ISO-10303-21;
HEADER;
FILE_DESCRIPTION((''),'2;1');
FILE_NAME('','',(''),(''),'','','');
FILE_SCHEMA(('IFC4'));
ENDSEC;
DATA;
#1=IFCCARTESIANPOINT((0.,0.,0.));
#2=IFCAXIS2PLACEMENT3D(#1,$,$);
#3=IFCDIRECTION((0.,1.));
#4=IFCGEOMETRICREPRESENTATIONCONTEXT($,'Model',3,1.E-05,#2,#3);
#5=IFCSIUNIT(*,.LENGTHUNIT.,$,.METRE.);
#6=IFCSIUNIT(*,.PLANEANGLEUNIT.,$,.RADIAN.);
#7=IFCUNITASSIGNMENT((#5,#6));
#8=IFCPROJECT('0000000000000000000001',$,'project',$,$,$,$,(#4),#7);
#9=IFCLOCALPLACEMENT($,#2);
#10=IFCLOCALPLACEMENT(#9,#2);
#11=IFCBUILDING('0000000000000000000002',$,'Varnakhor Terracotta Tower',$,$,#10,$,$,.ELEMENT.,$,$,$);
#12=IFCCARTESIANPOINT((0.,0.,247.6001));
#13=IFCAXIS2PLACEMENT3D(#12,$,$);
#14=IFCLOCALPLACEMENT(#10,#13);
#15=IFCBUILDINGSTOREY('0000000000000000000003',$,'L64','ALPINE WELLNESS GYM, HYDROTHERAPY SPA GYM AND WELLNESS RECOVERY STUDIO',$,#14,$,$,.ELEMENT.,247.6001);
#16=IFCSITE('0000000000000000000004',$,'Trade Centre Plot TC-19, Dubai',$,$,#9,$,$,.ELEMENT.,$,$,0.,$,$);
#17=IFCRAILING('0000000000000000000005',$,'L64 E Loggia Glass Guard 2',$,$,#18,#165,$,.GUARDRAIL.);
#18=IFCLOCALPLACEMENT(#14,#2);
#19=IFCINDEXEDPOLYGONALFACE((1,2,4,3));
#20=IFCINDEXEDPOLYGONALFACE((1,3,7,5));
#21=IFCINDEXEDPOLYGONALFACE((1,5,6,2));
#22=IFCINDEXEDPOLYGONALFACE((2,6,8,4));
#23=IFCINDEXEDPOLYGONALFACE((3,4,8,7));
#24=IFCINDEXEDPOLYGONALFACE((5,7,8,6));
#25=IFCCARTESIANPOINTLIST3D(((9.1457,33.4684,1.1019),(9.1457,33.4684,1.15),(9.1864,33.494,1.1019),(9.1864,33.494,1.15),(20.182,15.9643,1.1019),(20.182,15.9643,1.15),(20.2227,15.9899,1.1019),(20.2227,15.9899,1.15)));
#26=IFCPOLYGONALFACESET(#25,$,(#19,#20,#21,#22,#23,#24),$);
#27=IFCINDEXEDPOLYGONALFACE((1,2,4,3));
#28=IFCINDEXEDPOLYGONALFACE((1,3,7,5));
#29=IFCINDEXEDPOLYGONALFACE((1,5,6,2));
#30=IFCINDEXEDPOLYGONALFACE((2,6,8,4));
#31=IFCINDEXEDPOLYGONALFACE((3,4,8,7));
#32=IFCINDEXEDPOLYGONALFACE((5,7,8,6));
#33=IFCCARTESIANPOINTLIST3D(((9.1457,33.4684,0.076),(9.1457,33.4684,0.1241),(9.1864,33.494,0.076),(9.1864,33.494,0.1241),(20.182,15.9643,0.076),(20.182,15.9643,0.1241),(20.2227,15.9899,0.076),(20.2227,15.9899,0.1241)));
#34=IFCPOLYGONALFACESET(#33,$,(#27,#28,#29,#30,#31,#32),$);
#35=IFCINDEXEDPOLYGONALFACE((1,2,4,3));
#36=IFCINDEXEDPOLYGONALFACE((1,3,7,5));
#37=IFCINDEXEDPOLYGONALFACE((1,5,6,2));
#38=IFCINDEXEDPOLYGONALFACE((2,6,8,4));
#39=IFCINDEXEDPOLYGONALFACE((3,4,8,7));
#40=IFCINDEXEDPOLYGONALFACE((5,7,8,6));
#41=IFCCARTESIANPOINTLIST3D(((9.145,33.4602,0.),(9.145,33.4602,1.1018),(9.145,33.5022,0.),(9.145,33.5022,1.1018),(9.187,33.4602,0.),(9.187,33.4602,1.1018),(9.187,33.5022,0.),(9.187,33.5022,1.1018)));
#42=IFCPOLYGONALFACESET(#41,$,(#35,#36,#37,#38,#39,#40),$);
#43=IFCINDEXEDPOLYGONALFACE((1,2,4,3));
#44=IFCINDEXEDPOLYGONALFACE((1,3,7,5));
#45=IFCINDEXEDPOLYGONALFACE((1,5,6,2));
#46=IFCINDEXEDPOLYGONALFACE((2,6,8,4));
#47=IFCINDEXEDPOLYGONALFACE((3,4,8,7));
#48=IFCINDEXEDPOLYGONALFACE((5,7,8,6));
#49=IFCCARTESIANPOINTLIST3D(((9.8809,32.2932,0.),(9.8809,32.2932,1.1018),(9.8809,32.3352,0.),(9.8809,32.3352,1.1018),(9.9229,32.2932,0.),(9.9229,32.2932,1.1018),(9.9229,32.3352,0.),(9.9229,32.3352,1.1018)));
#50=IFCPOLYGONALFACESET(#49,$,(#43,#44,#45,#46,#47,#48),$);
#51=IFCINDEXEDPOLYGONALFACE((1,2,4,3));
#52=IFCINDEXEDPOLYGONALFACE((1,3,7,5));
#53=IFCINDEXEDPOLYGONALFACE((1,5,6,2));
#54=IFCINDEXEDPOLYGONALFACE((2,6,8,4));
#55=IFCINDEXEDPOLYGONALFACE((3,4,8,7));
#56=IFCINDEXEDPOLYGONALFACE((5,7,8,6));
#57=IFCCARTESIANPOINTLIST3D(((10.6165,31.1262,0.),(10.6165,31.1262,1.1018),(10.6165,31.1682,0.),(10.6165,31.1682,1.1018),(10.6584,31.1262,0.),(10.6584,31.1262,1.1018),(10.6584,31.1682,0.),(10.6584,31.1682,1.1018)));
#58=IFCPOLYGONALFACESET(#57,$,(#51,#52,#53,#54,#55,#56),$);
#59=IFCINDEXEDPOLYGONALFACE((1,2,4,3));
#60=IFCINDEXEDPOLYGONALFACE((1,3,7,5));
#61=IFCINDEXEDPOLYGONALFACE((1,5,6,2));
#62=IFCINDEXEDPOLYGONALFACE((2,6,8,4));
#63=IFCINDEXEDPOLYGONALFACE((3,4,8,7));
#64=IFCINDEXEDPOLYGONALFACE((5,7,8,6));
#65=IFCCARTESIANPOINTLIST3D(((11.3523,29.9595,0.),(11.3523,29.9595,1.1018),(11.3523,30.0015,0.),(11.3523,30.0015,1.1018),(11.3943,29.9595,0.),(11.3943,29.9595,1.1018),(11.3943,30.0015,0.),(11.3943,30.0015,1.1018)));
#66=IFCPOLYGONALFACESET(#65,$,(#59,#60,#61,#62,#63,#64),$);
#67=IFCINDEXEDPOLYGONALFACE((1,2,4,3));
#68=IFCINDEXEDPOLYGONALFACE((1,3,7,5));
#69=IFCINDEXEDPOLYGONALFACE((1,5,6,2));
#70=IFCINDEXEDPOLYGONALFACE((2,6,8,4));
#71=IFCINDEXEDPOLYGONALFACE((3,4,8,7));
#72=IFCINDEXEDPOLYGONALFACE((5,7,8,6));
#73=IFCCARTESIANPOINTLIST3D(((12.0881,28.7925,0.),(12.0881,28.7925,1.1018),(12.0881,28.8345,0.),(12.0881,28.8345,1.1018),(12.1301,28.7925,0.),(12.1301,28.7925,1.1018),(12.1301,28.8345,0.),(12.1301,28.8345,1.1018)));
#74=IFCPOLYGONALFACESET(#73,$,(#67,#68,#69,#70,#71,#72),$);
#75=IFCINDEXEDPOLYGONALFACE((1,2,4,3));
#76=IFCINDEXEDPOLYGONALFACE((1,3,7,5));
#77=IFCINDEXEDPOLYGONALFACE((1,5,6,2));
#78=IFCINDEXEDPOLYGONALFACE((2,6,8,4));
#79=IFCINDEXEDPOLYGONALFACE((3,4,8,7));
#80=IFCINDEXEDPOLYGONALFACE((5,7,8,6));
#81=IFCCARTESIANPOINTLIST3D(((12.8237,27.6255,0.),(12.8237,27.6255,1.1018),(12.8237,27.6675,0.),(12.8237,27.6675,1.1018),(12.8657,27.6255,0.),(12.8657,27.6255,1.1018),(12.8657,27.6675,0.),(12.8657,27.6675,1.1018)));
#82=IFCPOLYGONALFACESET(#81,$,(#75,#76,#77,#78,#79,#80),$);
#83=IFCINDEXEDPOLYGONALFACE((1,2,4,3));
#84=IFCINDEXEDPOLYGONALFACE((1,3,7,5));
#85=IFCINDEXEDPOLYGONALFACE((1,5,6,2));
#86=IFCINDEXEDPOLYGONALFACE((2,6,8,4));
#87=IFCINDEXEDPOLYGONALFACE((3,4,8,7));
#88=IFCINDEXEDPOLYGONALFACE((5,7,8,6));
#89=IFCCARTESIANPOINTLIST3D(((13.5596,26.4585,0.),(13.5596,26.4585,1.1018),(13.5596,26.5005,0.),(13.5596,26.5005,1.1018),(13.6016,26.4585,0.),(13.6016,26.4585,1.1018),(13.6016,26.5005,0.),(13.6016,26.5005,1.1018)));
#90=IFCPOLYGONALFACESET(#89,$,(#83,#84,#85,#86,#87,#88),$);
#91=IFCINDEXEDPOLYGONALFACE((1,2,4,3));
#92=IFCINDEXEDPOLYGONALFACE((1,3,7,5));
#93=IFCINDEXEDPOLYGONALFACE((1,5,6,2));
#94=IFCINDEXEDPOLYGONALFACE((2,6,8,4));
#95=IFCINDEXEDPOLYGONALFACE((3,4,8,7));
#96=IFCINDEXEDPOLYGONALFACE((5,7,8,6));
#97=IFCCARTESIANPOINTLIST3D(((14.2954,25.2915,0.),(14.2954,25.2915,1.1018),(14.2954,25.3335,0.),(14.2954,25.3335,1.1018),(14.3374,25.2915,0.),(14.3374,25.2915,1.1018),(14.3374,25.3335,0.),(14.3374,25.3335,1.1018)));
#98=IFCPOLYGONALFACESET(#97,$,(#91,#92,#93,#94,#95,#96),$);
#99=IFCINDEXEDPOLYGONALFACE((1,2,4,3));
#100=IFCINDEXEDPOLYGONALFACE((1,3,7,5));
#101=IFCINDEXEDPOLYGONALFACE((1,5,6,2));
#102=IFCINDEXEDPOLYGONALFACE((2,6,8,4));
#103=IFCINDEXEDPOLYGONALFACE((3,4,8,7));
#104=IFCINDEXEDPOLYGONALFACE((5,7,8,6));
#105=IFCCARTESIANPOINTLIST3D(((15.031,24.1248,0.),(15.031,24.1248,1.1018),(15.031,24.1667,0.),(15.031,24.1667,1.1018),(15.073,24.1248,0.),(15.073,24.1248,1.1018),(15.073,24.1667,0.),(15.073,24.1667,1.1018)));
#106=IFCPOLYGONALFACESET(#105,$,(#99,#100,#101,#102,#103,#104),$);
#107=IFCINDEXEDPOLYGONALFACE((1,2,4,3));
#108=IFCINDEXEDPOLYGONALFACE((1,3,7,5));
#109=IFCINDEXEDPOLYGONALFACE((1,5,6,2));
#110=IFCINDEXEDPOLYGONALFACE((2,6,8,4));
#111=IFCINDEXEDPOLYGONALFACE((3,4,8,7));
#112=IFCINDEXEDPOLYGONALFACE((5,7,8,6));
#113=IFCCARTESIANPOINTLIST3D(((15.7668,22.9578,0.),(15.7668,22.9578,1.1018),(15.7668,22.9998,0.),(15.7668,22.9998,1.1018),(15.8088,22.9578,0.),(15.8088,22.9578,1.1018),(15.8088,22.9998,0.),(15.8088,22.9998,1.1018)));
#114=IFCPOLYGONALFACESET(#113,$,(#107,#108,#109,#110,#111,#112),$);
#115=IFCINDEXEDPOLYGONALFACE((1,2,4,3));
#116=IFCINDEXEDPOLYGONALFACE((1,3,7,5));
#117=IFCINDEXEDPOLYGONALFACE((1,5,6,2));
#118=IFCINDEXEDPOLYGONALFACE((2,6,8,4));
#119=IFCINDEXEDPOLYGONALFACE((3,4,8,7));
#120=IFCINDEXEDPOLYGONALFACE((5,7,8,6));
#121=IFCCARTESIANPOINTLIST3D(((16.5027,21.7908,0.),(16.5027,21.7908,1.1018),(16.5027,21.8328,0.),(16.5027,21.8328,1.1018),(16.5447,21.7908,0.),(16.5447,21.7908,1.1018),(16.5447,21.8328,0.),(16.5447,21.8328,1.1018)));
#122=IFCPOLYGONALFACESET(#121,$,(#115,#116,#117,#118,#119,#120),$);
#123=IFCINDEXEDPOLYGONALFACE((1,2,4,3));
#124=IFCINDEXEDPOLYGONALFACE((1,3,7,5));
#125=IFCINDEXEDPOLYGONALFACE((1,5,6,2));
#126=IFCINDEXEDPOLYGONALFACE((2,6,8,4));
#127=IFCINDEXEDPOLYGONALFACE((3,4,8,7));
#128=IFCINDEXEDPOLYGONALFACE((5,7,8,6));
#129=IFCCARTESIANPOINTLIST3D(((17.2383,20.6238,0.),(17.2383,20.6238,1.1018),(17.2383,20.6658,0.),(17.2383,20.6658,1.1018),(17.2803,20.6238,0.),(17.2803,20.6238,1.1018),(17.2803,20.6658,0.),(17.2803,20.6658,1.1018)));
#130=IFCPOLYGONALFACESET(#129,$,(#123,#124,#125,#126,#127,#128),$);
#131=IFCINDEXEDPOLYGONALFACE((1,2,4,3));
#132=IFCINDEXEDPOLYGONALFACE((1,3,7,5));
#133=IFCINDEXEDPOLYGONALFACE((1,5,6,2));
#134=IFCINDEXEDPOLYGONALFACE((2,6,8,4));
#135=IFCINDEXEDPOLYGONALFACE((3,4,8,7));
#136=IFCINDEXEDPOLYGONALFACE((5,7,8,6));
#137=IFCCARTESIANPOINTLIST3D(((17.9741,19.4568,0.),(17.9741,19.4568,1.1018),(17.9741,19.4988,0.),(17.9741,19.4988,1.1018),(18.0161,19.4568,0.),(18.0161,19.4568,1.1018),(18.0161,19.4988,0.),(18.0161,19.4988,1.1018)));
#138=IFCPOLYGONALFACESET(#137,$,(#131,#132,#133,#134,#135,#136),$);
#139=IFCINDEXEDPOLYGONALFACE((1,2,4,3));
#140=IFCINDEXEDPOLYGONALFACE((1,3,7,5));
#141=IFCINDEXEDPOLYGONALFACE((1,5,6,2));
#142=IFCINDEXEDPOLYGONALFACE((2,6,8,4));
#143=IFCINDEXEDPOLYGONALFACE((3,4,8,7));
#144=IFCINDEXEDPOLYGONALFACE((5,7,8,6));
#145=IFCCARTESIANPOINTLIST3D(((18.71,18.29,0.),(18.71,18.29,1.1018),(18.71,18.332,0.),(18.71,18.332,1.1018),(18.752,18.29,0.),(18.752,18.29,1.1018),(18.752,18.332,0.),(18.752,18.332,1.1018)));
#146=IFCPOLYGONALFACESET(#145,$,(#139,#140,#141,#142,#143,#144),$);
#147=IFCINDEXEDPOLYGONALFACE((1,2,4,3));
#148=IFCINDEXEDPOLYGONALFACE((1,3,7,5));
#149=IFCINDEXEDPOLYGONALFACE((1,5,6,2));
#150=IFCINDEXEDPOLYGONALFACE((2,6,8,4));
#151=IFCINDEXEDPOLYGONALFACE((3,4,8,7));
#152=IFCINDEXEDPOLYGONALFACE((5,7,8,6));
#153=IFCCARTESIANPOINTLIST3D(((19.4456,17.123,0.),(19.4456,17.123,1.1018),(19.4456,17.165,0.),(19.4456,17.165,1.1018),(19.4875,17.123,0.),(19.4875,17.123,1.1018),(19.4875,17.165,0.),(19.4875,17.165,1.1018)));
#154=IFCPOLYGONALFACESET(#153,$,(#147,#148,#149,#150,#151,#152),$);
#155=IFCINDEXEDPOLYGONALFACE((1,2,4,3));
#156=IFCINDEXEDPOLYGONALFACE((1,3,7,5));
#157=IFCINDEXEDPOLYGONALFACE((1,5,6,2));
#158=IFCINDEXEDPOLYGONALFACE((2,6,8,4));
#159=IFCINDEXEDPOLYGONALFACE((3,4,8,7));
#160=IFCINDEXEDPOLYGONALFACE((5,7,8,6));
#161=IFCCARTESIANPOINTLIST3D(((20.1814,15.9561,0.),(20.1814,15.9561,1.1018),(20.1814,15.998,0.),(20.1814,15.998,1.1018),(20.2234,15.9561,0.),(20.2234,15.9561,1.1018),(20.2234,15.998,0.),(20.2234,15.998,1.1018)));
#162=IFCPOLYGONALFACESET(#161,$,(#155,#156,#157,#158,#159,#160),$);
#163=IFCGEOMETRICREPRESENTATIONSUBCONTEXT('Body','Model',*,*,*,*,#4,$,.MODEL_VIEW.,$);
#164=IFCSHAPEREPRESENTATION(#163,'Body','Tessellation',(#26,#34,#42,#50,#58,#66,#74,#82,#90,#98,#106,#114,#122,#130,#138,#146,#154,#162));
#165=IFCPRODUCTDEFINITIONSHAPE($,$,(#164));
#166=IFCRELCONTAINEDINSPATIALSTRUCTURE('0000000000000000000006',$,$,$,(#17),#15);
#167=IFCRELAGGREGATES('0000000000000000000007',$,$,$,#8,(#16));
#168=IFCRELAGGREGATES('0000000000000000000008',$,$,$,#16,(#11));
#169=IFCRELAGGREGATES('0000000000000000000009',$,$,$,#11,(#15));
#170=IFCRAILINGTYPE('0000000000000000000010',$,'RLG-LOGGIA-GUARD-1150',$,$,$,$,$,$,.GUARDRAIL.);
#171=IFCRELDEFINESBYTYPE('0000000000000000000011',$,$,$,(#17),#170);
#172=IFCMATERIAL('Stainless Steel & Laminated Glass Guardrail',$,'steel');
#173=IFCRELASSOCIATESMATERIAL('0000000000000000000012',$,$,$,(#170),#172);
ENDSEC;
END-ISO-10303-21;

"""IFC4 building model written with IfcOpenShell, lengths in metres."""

from ifc_helpers import new_model, si_unit, direction, frame, origin, origin_2d, place, context, subcontext, project, spatial, rectangle, extrude, material, type_object, element, save


model = new_model("IFC4")

# Units and contexts
model_context = context("Model", 3, precision=1e-05, world=origin(), true_north=direction((0.0, 1.0)))
body_context = subcontext(model_context, "Body", "Model", "MODEL_VIEW")
ifc_project = project(units=[si_unit("LENGTHUNIT", "METRE"), si_unit("PLANEANGLEUNIT", "RADIAN")], contexts=[model_context])

# Site, building, storey
site_placement = place(None, origin())
site = spatial("IfcSite", under=ifc_project, at=site_placement, Name="Trade Centre Plot TC-19, Dubai", CompositionType="ELEMENT", RefElevation=0.0)
building_placement = place(site_placement, origin())
building = spatial("IfcBuilding", under=site, at=building_placement, Name="Varnakhor Terracotta Tower", CompositionType="ELEMENT")
storey_placement = place(building_placement, frame((0.0, 0.0, 247.6001)))
storey = spatial("IfcBuildingStorey", under=building, at=storey_placement, Name="L64", Description="ALPINE WELLNESS GYM, HYDROTHERAPY SPA GYM AND WELLNESS RECOVERY STUDIO", CompositionType="ELEMENT", Elevation=247.6001)

# Railing
ifc_material_1 = material(Name="Stainless Steel & Laminated Glass Guardrail", Category="steel")
railing_type = type_object("IfcRailingType", Name="RLG-LOGGIA-GUARD-1150", PredefinedType="GUARDRAIL", material=ifc_material_1)
railing_1_placement = place(storey_placement, frame((9.166, 33.4812, 0.0)))
element("IfcRailing", 1, at=railing_1_placement, inside=storey, type_object=railing_type, Name="L64 E Loggia Glass Guard 2", PredefinedType="GUARDRAIL", context=body_context, shape_type="SweptSolid", body=[
    extrude(rectangle(XDim=0.0481, YDim=0.0481, at=origin_2d()), frame((0.0, 0.0, 1.126), z_axis=(0.533341, -0.8459, 0.0), x_axis=(0.8459, 0.533341, 0.0)), (0.0, 0.0, 1.0), 20.6929),
    extrude(rectangle(XDim=0.0481, YDim=0.0481, at=origin_2d()), frame((0.0, 0.0, 0.1001), z_axis=(0.533341, -0.8459, 0.0), x_axis=(0.8459, 0.533341, 0.0)), (0.0, 0.0, 1.0), 20.6929),
    extrude(rectangle(XDim=0.042, YDim=0.042, at=origin_2d()), origin(), (0.0, 0.0, 1.0), 1.1018),
    extrude(rectangle(XDim=0.042, YDim=0.042, at=origin_2d()), frame((0.7358, -1.167, 0.0)), (0.0, 0.0, 1.0), 1.1018),
    extrude(rectangle(XDim=0.042, YDim=0.042, at=origin_2d()), frame((1.4714, -2.334, 0.0)), (0.0, 0.0, 1.0), 1.1018),
    extrude(rectangle(XDim=0.042, YDim=0.042, at=origin_2d()), frame((2.2073, -3.5007, 0.0)), (0.0, 0.0, 1.0), 1.1018),
    extrude(rectangle(XDim=0.042, YDim=0.042, at=origin_2d()), frame((2.9431, -4.6677, 0.0)), (0.0, 0.0, 1.0), 1.1018),
    extrude(rectangle(XDim=0.042, YDim=0.042, at=origin_2d()), frame((3.6787, -5.8347, 0.0)), (0.0, 0.0, 1.0), 1.1018),
    extrude(rectangle(XDim=0.042, YDim=0.042, at=origin_2d()), frame((4.4146, -7.0017, 0.0)), (0.0, 0.0, 1.0), 1.1018),
    extrude(rectangle(XDim=0.042, YDim=0.042, at=origin_2d()), frame((5.1504, -8.1687, 0.0)), (0.0, 0.0, 1.0), 1.1018),
    extrude(rectangle(XDim=0.042, YDim=0.042, at=origin_2d()), frame((5.886, -9.3354, 0.0)), (0.0, 0.0, 1.0), 1.1018),
    extrude(rectangle(XDim=0.042, YDim=0.042, at=origin_2d()), frame((6.6218, -10.5024, 0.0)), (0.0, 0.0, 1.0), 1.1018),
    extrude(rectangle(XDim=0.042, YDim=0.042, at=origin_2d()), frame((7.3577, -11.6694, 0.0)), (0.0, 0.0, 1.0), 1.1018),
    extrude(rectangle(XDim=0.042, YDim=0.042, at=origin_2d()), frame((8.0933, -12.8364, 0.0)), (0.0, 0.0, 1.0), 1.1018),
    extrude(rectangle(XDim=0.042, YDim=0.042, at=origin_2d()), frame((8.8291, -14.0034, 0.0)), (0.0, 0.0, 1.0), 1.1018),
    extrude(rectangle(XDim=0.042, YDim=0.042, at=origin_2d()), frame((9.5649, -15.1702, 0.0)), (0.0, 0.0, 1.0), 1.1018),
    extrude(rectangle(XDim=0.042, YDim=0.042, at=origin_2d()), frame((10.3005, -16.3372, 0.0)), (0.0, 0.0, 1.0), 1.1018),
    extrude(rectangle(XDim=0.042, YDim=0.042, at=origin_2d()), frame((11.0364, -17.5042, 0.0)), (0.0, 0.0, 1.0), 1.1018),
])

save(model, "model.ifc")
